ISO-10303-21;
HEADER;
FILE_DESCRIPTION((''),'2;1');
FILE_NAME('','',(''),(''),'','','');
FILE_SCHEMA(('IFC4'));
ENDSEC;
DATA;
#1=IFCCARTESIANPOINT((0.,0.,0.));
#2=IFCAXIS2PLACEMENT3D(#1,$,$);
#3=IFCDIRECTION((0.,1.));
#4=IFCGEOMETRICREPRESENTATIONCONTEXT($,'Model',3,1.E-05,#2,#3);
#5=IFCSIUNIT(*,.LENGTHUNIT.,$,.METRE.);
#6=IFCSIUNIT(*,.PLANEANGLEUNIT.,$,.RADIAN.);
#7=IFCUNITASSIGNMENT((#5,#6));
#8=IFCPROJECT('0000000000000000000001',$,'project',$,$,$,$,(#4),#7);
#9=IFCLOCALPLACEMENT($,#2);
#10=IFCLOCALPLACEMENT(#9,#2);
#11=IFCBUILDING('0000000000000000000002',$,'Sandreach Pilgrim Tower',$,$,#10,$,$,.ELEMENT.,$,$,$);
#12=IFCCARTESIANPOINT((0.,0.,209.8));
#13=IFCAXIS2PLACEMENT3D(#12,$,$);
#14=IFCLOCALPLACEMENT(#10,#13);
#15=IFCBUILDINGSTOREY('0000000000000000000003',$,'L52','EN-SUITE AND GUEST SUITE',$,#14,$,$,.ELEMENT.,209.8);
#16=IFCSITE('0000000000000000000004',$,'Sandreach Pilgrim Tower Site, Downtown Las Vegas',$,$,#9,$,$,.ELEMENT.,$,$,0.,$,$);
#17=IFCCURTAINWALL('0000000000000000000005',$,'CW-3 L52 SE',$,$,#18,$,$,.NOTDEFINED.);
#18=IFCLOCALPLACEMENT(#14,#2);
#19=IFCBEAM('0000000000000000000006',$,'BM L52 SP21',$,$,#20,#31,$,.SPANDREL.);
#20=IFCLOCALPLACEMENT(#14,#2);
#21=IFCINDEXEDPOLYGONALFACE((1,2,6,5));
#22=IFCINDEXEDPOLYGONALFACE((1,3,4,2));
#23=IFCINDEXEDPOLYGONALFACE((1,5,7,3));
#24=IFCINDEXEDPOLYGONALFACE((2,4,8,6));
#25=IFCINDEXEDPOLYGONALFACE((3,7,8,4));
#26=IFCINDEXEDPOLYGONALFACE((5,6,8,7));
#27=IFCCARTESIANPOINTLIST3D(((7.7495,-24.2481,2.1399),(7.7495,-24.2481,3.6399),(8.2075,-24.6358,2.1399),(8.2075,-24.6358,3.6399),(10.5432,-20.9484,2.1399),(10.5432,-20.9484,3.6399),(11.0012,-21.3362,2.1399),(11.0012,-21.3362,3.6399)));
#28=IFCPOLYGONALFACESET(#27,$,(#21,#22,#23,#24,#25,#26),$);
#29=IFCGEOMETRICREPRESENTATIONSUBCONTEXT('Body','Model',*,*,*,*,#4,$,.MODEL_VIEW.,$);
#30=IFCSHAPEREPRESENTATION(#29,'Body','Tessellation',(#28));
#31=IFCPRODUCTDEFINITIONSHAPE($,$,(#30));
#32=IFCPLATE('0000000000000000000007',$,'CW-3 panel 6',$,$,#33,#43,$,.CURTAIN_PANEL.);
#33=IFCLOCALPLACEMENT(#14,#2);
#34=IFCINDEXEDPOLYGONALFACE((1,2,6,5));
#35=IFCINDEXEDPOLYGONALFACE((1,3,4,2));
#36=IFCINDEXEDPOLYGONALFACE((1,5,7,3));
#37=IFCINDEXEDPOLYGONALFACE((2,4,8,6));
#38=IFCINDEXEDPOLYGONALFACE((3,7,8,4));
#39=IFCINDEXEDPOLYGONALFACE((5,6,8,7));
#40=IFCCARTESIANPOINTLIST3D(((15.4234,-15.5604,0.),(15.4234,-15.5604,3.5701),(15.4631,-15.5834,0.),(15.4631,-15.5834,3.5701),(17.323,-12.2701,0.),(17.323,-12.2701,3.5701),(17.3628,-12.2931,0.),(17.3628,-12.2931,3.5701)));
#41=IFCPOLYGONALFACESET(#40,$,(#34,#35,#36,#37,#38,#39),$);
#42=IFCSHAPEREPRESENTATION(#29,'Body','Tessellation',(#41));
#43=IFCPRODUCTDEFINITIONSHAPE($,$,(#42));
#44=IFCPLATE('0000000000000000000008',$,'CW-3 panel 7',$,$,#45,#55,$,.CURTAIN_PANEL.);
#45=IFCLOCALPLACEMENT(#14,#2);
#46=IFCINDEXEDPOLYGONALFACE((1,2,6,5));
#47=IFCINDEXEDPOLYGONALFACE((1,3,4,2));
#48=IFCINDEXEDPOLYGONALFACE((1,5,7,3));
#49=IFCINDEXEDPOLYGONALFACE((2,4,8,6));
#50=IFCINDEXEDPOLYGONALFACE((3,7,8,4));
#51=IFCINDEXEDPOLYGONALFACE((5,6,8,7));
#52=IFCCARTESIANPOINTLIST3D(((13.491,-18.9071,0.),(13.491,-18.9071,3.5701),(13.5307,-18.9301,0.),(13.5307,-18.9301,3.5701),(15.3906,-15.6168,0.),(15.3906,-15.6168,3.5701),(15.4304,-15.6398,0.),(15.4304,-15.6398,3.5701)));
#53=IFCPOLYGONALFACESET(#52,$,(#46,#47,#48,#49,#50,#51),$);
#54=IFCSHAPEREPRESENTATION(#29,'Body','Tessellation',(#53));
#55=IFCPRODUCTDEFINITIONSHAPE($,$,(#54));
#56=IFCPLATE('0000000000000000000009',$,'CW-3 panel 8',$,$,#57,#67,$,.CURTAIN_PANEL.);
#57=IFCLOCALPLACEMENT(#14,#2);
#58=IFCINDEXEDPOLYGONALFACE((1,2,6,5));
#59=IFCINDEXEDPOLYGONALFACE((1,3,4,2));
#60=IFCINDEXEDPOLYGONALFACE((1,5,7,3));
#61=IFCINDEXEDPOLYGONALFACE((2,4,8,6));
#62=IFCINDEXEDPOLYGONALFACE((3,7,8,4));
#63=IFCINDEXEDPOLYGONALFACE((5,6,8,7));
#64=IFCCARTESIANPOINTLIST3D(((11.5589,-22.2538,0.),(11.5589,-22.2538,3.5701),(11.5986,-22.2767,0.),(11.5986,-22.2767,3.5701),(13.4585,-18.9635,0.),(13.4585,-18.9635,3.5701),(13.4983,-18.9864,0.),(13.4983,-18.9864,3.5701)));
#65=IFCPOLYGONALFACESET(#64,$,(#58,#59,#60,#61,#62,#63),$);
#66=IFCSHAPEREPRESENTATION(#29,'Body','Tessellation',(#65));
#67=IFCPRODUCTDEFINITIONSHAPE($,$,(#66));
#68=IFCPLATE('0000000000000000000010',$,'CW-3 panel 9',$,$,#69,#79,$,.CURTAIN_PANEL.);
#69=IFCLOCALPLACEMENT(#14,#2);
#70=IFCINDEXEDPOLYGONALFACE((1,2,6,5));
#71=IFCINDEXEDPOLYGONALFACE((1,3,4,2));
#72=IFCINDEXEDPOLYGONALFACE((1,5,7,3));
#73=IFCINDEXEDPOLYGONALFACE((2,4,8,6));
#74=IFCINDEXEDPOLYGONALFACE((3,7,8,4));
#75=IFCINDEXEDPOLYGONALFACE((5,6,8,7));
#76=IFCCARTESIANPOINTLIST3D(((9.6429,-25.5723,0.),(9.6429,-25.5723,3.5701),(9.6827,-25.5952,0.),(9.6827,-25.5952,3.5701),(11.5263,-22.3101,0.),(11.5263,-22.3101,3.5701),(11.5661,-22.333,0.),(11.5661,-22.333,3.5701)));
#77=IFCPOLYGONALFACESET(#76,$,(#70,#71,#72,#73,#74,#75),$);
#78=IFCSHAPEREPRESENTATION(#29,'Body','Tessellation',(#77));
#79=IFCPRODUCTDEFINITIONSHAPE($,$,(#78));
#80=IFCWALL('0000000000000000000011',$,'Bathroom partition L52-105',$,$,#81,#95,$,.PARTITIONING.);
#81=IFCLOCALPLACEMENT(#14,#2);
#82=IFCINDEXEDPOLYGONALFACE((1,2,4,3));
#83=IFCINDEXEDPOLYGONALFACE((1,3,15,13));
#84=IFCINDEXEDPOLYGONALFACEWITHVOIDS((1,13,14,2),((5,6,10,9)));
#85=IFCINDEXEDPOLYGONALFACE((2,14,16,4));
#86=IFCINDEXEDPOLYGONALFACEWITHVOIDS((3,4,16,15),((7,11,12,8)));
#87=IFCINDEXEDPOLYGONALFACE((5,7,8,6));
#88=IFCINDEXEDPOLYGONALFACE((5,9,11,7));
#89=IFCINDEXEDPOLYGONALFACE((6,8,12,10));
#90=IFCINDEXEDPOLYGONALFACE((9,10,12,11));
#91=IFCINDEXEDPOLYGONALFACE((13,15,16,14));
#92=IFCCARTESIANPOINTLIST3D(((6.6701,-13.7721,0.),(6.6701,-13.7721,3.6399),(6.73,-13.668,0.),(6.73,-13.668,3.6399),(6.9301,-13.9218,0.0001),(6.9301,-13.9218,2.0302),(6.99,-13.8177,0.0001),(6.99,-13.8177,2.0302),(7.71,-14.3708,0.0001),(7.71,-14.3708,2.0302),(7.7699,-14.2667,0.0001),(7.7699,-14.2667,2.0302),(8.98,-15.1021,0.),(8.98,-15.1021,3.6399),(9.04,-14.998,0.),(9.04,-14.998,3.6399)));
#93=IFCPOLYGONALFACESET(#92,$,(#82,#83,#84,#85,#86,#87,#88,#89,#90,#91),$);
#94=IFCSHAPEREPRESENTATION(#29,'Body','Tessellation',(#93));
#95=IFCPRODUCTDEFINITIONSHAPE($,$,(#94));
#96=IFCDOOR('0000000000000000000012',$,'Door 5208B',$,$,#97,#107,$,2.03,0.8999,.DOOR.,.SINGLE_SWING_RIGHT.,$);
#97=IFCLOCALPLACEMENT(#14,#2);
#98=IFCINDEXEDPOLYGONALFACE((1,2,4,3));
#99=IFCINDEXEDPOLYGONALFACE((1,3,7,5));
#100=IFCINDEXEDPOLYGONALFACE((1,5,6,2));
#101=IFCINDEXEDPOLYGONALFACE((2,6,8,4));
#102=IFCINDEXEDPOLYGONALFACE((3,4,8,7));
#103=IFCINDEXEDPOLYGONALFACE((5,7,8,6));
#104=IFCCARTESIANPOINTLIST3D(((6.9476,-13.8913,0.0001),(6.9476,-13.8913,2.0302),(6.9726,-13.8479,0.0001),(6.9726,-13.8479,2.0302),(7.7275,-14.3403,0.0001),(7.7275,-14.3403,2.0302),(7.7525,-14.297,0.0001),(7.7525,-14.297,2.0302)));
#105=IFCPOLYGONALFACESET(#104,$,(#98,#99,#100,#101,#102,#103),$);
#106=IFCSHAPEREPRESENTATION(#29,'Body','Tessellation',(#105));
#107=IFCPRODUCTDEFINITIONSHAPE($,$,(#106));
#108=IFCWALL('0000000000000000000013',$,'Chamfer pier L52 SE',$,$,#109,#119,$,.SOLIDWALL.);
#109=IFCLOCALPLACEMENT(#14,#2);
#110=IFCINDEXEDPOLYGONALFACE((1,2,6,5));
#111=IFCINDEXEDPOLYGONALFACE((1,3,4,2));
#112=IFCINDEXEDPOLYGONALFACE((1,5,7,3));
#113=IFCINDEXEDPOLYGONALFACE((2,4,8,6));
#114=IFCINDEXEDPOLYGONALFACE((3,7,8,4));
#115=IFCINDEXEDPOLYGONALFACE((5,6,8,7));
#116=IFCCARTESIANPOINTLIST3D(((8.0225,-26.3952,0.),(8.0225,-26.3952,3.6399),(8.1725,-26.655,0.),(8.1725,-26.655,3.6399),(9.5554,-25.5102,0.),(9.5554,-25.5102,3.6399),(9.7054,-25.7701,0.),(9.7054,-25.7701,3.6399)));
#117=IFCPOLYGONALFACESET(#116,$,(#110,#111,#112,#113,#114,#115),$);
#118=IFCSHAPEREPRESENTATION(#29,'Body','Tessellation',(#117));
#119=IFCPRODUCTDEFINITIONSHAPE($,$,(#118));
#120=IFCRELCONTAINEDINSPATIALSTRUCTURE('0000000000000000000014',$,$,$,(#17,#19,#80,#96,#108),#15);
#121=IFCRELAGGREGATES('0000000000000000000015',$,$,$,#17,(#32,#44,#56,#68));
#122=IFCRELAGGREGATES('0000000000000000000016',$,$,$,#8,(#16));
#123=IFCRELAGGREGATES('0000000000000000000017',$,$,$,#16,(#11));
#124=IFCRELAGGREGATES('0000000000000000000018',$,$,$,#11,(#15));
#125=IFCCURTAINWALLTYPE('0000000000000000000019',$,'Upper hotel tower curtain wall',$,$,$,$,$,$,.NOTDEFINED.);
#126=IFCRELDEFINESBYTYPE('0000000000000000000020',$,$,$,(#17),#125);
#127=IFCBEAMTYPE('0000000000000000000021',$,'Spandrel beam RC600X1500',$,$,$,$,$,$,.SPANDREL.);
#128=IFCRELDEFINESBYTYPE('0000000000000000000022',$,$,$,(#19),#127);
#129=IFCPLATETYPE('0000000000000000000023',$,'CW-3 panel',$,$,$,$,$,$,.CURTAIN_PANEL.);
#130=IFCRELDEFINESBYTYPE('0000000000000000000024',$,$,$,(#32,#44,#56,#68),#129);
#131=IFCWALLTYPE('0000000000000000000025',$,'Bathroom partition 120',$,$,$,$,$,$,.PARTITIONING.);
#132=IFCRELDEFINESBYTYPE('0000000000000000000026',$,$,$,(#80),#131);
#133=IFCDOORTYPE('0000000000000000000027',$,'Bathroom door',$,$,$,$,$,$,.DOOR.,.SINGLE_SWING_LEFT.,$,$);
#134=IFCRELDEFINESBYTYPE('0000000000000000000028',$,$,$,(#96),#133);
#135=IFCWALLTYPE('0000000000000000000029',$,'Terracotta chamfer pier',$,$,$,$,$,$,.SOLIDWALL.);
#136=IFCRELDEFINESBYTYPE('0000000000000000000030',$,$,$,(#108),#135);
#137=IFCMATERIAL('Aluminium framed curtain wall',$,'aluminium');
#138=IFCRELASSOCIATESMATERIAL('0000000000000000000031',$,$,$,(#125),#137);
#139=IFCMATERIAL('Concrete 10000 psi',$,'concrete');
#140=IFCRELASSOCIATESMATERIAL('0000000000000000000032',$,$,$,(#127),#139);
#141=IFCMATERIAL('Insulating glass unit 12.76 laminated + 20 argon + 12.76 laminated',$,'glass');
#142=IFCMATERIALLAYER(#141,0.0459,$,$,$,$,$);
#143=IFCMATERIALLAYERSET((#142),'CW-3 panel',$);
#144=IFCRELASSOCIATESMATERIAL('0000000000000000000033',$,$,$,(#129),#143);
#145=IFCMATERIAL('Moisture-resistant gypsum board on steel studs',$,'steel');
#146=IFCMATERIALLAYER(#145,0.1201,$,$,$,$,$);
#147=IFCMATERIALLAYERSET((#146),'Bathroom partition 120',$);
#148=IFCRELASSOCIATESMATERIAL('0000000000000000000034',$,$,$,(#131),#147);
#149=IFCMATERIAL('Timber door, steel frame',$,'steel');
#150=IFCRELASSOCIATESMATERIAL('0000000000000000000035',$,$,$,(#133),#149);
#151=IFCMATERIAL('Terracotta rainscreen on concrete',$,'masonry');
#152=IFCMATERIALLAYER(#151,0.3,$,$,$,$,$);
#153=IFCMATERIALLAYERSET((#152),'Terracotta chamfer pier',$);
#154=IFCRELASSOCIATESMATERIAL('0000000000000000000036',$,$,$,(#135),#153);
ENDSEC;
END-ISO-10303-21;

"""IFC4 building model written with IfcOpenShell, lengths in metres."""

from ifc_helpers import new_model, si_unit, direction, frame, frame_2d, origin, origin_2d, place, context, subcontext, project, spatial, rectangle, extrude, material, layer, layer_set, material_profile, profile_set, type_object, element, fill, aggregate, save


model = new_model("IFC4")

# Units and contexts
model_context = context("Model", 3, precision=1e-05, world=origin(), true_north=direction((0.0, 1.0)))
body_context = subcontext(model_context, "Body", "Model", "MODEL_VIEW")
ifc_project = project(units=[si_unit("LENGTHUNIT", "METRE"), si_unit("PLANEANGLEUNIT", "RADIAN")], contexts=[model_context])

# Site, building, storey
site_placement = place(None, origin())
site = spatial("IfcSite", under=ifc_project, at=site_placement, Name="Sandreach Pilgrim Tower Site, Downtown Las Vegas", CompositionType="ELEMENT", RefElevation=0.0)
building_placement = place(site_placement, origin())
building = spatial("IfcBuilding", under=site, at=building_placement, Name="Sandreach Pilgrim Tower", CompositionType="ELEMENT")
storey_placement = place(building_placement, frame((0.0, 0.0, 209.8)))
storey = spatial("IfcBuildingStorey", under=building, at=storey_placement, Name="L52", Description="EN-SUITE AND GUEST SUITE", CompositionType="ELEMENT", Elevation=209.8)

# Curtain wall
ifc_material_1 = material(Name="Aluminium framed curtain wall", Category="aluminium")
curtain_wall_type = type_object("IfcCurtainWallType", Name="Upper hotel tower curtain wall", PredefinedType="NOTDEFINED", material=ifc_material_1)
curtain_wall_1_placement = place(storey_placement, origin())
curtain_wall_1 = element("IfcCurtainWall", 1, at=curtain_wall_1_placement, inside=storey, type_object=curtain_wall_type, Name="CW-3 L52 SE", PredefinedType="NOTDEFINED")

# Beam
ifc_material_2 = material(Name="Concrete 10000 psi", Category="concrete")
ifc_material_profile_1 = material_profile(ifc_material_2, rectangle(XDim=0.6001, YDim=1.5, at=origin_2d()), Name="RC600X1500")
ifc_profile_set_1 = profile_set([ifc_material_profile_1], Name="Concrete 10000 psi")
beam_type_1 = type_object("IfcBeamType", Name="Spandrel beam RC600X1500", PredefinedType="SPANDREL", material=ifc_profile_set_1)
beam_1_placement = place(storey_placement, frame((10.7722, -21.1423, 2.8899), z_axis=(-0.64618, -0.763185, 0.0), x_axis=(0.763185, -0.64618, 0.0)))
element("IfcBeam", 2, at=beam_1_placement, inside=storey, type_object=beam_type_1, Name="BM L52 SP21", PredefinedType="SPANDREL", context=body_context, shape_type="SweptSolid", body=[
    extrude(rectangle(XDim=0.6001, YDim=1.5, at=origin_2d()), origin(), (0.0, 0.0, 1.0), 4.3235),
])

# Plates
ifc_material_3 = material(Name="Insulating glass unit 12.76 laminated + 20 argon + 12.76 laminated", Category="glass")
ifc_layer_1 = layer(ifc_material_3, 0.0459)
ifc_layer_set_1 = layer_set([ifc_layer_1], Name="CW-3 panel")
plate_type = type_object("IfcPlateType", Name="CW-3 panel", PredefinedType="CURTAIN_PANEL", material=ifc_layer_set_1)
plate_1_placement = place(storey_placement, frame((16.3931, -13.9268, 0.0), z_axis=(0.0, 0.0, 1.0), x_axis=(-0.5, -0.866025, 0.0)))
plate_1 = element("IfcPlate", 3, at=plate_1_placement, type_object=plate_type, Name="CW-3 panel 6", PredefinedType="CURTAIN_PANEL", context=body_context, shape_type="SweptSolid", body=[
    extrude(rectangle(XDim=3.7993, YDim=0.0459, at=origin_2d()), origin(), (0.0, 0.0, 1.0), 3.5701),
])
plate_2_placement = place(storey_placement, frame((14.4607, -17.2734, 0.0), z_axis=(0.0, 0.0, 1.0), x_axis=(-0.5, -0.866025, 0.0)))
plate_2 = element("IfcPlate", 4, at=plate_2_placement, type_object=plate_type, Name="CW-3 panel 7", PredefinedType="CURTAIN_PANEL", context=body_context, shape_type="SweptSolid", body=[
    extrude(rectangle(XDim=3.7993, YDim=0.0459, at=origin_2d()), origin(), (0.0, 0.0, 1.0), 3.5701),
])
plate_3_placement = place(storey_placement, frame((12.5286, -20.6201, 0.0), z_axis=(0.0, 0.0, 1.0), x_axis=(-0.5, -0.866025, 0.0)))
plate_3 = element("IfcPlate", 5, at=plate_3_placement, type_object=plate_type, Name="CW-3 panel 8", PredefinedType="CURTAIN_PANEL", context=body_context, shape_type="SweptSolid", body=[
    extrude(rectangle(XDim=3.7993, YDim=0.0459, at=origin_2d()), origin(), (0.0, 0.0, 1.0), 3.5701),
])
plate_4_placement = place(storey_placement, frame((10.6045, -23.9526, 0.0), z_axis=(0.0, 0.0, 1.0), x_axis=(-0.5, -0.866025, 0.0)))
plate_4 = element("IfcPlate", 6, at=plate_4_placement, type_object=plate_type, Name="CW-3 panel 9", PredefinedType="CURTAIN_PANEL", context=body_context, shape_type="SweptSolid", body=[
    extrude(rectangle(XDim=3.7668, YDim=0.0459, at=origin_2d()), origin(), (0.0, 0.0, 1.0), 3.5701),
])
aggregate(curtain_wall_1, [plate_1, plate_2, plate_3, plate_4])

# Wall, opening, door
ifc_material_4 = material(Name="Moisture-resistant gypsum board on steel studs", Category="steel")
ifc_layer_2 = layer(ifc_material_4, 0.1201)
ifc_layer_set_2 = layer_set([ifc_layer_2], Name="Bathroom partition 120")
wall_type_1 = type_object("IfcWallType", Name="Bathroom partition 120", PredefinedType="PARTITIONING", material=ifc_layer_set_2)
wall_1_placement = place(storey_placement, frame((9.01, -15.05, 0.0), z_axis=(0.0, 0.0, 1.0), x_axis=(-0.866615, 0.498977, 0.0)))
wall_1 = element("IfcWall", 7, at=wall_1_placement, inside=storey, type_object=wall_type_1, Name="Bathroom partition L52-105", PredefinedType="PARTITIONING", context=body_context, shape_type="SweptSolid", body=[
    extrude(rectangle(XDim=2.6655, YDim=0.1201, at=frame_2d((1.3328, 0.0))), origin(), (0.0, 0.0, 1.0), 3.6399),
])
opening_placement = place(wall_1_placement, frame((1.4656, 0.0, 0.0)))
opening = element("IfcOpeningElement", 8, at=opening_placement, cuts=wall_1, PredefinedType="OPENING", context=body_context, shape_type="SweptSolid", body=[
    extrude(rectangle(XDim=0.8999, YDim=2.03, at=frame_2d((0.45, 1.0151))), frame((0.0, 0.0601, 0.0), z_axis=(0.0, -1.0, 0.0), x_axis=(1.0, 0.0, 0.0)), (0.0, 0.0, 1.0), 0.1201),
])
ifc_material_5 = material(Name="Timber door, steel frame", Category="steel")
door_type = type_object("IfcDoorType", Name="Bathroom door", OperationType="SINGLE_SWING_LEFT", PredefinedType="DOOR", material=ifc_material_5)
door_placement = place(opening_placement, origin())
door = element("IfcDoor", 9, at=door_placement, inside=storey, type_object=door_type, Name="Door 5208B", OperationType="SINGLE_SWING_RIGHT", OverallHeight=2.03, OverallWidth=0.8999, PredefinedType="DOOR", context=body_context, shape_type="SweptSolid", body=[
    extrude(rectangle(XDim=0.8999, YDim=2.03, at=frame_2d((0.45, 1.0151))), frame((0.0, 0.0249, 0.0), z_axis=(0.0, -1.0, 0.0), x_axis=(1.0, 0.0, 0.0)), (0.0, 0.0, 1.0), 0.05),
])
fill(opening, door)

# Wall
ifc_material_6 = material(Name="Terracotta rainscreen on concrete", Category="masonry")
ifc_layer_3 = layer(ifc_material_6, 0.3)
ifc_layer_set_3 = layer_set([ifc_layer_3], Name="Terracotta chamfer pier")
wall_type_2 = type_object("IfcWallType", Name="Terracotta chamfer pier", PredefinedType="SOLIDWALL", material=ifc_layer_set_3)
wall_2_placement = place(storey_placement, frame((9.6304, -25.6401, 0.0), z_axis=(0.0, 0.0, 1.0), x_axis=(-0.866036, -0.499981, 0.0)))
element("IfcWall", 10, at=wall_2_placement, inside=storey, type_object=wall_type_2, Name="Chamfer pier L52 SE", PredefinedType="SOLIDWALL", context=body_context, shape_type="SweptSolid", body=[
    extrude(rectangle(XDim=1.77, YDim=0.3, at=frame_2d((0.885, 0.0))), origin(), (0.0, 0.0, 1.0), 3.6399),
])

save(model, "model.ifc")
